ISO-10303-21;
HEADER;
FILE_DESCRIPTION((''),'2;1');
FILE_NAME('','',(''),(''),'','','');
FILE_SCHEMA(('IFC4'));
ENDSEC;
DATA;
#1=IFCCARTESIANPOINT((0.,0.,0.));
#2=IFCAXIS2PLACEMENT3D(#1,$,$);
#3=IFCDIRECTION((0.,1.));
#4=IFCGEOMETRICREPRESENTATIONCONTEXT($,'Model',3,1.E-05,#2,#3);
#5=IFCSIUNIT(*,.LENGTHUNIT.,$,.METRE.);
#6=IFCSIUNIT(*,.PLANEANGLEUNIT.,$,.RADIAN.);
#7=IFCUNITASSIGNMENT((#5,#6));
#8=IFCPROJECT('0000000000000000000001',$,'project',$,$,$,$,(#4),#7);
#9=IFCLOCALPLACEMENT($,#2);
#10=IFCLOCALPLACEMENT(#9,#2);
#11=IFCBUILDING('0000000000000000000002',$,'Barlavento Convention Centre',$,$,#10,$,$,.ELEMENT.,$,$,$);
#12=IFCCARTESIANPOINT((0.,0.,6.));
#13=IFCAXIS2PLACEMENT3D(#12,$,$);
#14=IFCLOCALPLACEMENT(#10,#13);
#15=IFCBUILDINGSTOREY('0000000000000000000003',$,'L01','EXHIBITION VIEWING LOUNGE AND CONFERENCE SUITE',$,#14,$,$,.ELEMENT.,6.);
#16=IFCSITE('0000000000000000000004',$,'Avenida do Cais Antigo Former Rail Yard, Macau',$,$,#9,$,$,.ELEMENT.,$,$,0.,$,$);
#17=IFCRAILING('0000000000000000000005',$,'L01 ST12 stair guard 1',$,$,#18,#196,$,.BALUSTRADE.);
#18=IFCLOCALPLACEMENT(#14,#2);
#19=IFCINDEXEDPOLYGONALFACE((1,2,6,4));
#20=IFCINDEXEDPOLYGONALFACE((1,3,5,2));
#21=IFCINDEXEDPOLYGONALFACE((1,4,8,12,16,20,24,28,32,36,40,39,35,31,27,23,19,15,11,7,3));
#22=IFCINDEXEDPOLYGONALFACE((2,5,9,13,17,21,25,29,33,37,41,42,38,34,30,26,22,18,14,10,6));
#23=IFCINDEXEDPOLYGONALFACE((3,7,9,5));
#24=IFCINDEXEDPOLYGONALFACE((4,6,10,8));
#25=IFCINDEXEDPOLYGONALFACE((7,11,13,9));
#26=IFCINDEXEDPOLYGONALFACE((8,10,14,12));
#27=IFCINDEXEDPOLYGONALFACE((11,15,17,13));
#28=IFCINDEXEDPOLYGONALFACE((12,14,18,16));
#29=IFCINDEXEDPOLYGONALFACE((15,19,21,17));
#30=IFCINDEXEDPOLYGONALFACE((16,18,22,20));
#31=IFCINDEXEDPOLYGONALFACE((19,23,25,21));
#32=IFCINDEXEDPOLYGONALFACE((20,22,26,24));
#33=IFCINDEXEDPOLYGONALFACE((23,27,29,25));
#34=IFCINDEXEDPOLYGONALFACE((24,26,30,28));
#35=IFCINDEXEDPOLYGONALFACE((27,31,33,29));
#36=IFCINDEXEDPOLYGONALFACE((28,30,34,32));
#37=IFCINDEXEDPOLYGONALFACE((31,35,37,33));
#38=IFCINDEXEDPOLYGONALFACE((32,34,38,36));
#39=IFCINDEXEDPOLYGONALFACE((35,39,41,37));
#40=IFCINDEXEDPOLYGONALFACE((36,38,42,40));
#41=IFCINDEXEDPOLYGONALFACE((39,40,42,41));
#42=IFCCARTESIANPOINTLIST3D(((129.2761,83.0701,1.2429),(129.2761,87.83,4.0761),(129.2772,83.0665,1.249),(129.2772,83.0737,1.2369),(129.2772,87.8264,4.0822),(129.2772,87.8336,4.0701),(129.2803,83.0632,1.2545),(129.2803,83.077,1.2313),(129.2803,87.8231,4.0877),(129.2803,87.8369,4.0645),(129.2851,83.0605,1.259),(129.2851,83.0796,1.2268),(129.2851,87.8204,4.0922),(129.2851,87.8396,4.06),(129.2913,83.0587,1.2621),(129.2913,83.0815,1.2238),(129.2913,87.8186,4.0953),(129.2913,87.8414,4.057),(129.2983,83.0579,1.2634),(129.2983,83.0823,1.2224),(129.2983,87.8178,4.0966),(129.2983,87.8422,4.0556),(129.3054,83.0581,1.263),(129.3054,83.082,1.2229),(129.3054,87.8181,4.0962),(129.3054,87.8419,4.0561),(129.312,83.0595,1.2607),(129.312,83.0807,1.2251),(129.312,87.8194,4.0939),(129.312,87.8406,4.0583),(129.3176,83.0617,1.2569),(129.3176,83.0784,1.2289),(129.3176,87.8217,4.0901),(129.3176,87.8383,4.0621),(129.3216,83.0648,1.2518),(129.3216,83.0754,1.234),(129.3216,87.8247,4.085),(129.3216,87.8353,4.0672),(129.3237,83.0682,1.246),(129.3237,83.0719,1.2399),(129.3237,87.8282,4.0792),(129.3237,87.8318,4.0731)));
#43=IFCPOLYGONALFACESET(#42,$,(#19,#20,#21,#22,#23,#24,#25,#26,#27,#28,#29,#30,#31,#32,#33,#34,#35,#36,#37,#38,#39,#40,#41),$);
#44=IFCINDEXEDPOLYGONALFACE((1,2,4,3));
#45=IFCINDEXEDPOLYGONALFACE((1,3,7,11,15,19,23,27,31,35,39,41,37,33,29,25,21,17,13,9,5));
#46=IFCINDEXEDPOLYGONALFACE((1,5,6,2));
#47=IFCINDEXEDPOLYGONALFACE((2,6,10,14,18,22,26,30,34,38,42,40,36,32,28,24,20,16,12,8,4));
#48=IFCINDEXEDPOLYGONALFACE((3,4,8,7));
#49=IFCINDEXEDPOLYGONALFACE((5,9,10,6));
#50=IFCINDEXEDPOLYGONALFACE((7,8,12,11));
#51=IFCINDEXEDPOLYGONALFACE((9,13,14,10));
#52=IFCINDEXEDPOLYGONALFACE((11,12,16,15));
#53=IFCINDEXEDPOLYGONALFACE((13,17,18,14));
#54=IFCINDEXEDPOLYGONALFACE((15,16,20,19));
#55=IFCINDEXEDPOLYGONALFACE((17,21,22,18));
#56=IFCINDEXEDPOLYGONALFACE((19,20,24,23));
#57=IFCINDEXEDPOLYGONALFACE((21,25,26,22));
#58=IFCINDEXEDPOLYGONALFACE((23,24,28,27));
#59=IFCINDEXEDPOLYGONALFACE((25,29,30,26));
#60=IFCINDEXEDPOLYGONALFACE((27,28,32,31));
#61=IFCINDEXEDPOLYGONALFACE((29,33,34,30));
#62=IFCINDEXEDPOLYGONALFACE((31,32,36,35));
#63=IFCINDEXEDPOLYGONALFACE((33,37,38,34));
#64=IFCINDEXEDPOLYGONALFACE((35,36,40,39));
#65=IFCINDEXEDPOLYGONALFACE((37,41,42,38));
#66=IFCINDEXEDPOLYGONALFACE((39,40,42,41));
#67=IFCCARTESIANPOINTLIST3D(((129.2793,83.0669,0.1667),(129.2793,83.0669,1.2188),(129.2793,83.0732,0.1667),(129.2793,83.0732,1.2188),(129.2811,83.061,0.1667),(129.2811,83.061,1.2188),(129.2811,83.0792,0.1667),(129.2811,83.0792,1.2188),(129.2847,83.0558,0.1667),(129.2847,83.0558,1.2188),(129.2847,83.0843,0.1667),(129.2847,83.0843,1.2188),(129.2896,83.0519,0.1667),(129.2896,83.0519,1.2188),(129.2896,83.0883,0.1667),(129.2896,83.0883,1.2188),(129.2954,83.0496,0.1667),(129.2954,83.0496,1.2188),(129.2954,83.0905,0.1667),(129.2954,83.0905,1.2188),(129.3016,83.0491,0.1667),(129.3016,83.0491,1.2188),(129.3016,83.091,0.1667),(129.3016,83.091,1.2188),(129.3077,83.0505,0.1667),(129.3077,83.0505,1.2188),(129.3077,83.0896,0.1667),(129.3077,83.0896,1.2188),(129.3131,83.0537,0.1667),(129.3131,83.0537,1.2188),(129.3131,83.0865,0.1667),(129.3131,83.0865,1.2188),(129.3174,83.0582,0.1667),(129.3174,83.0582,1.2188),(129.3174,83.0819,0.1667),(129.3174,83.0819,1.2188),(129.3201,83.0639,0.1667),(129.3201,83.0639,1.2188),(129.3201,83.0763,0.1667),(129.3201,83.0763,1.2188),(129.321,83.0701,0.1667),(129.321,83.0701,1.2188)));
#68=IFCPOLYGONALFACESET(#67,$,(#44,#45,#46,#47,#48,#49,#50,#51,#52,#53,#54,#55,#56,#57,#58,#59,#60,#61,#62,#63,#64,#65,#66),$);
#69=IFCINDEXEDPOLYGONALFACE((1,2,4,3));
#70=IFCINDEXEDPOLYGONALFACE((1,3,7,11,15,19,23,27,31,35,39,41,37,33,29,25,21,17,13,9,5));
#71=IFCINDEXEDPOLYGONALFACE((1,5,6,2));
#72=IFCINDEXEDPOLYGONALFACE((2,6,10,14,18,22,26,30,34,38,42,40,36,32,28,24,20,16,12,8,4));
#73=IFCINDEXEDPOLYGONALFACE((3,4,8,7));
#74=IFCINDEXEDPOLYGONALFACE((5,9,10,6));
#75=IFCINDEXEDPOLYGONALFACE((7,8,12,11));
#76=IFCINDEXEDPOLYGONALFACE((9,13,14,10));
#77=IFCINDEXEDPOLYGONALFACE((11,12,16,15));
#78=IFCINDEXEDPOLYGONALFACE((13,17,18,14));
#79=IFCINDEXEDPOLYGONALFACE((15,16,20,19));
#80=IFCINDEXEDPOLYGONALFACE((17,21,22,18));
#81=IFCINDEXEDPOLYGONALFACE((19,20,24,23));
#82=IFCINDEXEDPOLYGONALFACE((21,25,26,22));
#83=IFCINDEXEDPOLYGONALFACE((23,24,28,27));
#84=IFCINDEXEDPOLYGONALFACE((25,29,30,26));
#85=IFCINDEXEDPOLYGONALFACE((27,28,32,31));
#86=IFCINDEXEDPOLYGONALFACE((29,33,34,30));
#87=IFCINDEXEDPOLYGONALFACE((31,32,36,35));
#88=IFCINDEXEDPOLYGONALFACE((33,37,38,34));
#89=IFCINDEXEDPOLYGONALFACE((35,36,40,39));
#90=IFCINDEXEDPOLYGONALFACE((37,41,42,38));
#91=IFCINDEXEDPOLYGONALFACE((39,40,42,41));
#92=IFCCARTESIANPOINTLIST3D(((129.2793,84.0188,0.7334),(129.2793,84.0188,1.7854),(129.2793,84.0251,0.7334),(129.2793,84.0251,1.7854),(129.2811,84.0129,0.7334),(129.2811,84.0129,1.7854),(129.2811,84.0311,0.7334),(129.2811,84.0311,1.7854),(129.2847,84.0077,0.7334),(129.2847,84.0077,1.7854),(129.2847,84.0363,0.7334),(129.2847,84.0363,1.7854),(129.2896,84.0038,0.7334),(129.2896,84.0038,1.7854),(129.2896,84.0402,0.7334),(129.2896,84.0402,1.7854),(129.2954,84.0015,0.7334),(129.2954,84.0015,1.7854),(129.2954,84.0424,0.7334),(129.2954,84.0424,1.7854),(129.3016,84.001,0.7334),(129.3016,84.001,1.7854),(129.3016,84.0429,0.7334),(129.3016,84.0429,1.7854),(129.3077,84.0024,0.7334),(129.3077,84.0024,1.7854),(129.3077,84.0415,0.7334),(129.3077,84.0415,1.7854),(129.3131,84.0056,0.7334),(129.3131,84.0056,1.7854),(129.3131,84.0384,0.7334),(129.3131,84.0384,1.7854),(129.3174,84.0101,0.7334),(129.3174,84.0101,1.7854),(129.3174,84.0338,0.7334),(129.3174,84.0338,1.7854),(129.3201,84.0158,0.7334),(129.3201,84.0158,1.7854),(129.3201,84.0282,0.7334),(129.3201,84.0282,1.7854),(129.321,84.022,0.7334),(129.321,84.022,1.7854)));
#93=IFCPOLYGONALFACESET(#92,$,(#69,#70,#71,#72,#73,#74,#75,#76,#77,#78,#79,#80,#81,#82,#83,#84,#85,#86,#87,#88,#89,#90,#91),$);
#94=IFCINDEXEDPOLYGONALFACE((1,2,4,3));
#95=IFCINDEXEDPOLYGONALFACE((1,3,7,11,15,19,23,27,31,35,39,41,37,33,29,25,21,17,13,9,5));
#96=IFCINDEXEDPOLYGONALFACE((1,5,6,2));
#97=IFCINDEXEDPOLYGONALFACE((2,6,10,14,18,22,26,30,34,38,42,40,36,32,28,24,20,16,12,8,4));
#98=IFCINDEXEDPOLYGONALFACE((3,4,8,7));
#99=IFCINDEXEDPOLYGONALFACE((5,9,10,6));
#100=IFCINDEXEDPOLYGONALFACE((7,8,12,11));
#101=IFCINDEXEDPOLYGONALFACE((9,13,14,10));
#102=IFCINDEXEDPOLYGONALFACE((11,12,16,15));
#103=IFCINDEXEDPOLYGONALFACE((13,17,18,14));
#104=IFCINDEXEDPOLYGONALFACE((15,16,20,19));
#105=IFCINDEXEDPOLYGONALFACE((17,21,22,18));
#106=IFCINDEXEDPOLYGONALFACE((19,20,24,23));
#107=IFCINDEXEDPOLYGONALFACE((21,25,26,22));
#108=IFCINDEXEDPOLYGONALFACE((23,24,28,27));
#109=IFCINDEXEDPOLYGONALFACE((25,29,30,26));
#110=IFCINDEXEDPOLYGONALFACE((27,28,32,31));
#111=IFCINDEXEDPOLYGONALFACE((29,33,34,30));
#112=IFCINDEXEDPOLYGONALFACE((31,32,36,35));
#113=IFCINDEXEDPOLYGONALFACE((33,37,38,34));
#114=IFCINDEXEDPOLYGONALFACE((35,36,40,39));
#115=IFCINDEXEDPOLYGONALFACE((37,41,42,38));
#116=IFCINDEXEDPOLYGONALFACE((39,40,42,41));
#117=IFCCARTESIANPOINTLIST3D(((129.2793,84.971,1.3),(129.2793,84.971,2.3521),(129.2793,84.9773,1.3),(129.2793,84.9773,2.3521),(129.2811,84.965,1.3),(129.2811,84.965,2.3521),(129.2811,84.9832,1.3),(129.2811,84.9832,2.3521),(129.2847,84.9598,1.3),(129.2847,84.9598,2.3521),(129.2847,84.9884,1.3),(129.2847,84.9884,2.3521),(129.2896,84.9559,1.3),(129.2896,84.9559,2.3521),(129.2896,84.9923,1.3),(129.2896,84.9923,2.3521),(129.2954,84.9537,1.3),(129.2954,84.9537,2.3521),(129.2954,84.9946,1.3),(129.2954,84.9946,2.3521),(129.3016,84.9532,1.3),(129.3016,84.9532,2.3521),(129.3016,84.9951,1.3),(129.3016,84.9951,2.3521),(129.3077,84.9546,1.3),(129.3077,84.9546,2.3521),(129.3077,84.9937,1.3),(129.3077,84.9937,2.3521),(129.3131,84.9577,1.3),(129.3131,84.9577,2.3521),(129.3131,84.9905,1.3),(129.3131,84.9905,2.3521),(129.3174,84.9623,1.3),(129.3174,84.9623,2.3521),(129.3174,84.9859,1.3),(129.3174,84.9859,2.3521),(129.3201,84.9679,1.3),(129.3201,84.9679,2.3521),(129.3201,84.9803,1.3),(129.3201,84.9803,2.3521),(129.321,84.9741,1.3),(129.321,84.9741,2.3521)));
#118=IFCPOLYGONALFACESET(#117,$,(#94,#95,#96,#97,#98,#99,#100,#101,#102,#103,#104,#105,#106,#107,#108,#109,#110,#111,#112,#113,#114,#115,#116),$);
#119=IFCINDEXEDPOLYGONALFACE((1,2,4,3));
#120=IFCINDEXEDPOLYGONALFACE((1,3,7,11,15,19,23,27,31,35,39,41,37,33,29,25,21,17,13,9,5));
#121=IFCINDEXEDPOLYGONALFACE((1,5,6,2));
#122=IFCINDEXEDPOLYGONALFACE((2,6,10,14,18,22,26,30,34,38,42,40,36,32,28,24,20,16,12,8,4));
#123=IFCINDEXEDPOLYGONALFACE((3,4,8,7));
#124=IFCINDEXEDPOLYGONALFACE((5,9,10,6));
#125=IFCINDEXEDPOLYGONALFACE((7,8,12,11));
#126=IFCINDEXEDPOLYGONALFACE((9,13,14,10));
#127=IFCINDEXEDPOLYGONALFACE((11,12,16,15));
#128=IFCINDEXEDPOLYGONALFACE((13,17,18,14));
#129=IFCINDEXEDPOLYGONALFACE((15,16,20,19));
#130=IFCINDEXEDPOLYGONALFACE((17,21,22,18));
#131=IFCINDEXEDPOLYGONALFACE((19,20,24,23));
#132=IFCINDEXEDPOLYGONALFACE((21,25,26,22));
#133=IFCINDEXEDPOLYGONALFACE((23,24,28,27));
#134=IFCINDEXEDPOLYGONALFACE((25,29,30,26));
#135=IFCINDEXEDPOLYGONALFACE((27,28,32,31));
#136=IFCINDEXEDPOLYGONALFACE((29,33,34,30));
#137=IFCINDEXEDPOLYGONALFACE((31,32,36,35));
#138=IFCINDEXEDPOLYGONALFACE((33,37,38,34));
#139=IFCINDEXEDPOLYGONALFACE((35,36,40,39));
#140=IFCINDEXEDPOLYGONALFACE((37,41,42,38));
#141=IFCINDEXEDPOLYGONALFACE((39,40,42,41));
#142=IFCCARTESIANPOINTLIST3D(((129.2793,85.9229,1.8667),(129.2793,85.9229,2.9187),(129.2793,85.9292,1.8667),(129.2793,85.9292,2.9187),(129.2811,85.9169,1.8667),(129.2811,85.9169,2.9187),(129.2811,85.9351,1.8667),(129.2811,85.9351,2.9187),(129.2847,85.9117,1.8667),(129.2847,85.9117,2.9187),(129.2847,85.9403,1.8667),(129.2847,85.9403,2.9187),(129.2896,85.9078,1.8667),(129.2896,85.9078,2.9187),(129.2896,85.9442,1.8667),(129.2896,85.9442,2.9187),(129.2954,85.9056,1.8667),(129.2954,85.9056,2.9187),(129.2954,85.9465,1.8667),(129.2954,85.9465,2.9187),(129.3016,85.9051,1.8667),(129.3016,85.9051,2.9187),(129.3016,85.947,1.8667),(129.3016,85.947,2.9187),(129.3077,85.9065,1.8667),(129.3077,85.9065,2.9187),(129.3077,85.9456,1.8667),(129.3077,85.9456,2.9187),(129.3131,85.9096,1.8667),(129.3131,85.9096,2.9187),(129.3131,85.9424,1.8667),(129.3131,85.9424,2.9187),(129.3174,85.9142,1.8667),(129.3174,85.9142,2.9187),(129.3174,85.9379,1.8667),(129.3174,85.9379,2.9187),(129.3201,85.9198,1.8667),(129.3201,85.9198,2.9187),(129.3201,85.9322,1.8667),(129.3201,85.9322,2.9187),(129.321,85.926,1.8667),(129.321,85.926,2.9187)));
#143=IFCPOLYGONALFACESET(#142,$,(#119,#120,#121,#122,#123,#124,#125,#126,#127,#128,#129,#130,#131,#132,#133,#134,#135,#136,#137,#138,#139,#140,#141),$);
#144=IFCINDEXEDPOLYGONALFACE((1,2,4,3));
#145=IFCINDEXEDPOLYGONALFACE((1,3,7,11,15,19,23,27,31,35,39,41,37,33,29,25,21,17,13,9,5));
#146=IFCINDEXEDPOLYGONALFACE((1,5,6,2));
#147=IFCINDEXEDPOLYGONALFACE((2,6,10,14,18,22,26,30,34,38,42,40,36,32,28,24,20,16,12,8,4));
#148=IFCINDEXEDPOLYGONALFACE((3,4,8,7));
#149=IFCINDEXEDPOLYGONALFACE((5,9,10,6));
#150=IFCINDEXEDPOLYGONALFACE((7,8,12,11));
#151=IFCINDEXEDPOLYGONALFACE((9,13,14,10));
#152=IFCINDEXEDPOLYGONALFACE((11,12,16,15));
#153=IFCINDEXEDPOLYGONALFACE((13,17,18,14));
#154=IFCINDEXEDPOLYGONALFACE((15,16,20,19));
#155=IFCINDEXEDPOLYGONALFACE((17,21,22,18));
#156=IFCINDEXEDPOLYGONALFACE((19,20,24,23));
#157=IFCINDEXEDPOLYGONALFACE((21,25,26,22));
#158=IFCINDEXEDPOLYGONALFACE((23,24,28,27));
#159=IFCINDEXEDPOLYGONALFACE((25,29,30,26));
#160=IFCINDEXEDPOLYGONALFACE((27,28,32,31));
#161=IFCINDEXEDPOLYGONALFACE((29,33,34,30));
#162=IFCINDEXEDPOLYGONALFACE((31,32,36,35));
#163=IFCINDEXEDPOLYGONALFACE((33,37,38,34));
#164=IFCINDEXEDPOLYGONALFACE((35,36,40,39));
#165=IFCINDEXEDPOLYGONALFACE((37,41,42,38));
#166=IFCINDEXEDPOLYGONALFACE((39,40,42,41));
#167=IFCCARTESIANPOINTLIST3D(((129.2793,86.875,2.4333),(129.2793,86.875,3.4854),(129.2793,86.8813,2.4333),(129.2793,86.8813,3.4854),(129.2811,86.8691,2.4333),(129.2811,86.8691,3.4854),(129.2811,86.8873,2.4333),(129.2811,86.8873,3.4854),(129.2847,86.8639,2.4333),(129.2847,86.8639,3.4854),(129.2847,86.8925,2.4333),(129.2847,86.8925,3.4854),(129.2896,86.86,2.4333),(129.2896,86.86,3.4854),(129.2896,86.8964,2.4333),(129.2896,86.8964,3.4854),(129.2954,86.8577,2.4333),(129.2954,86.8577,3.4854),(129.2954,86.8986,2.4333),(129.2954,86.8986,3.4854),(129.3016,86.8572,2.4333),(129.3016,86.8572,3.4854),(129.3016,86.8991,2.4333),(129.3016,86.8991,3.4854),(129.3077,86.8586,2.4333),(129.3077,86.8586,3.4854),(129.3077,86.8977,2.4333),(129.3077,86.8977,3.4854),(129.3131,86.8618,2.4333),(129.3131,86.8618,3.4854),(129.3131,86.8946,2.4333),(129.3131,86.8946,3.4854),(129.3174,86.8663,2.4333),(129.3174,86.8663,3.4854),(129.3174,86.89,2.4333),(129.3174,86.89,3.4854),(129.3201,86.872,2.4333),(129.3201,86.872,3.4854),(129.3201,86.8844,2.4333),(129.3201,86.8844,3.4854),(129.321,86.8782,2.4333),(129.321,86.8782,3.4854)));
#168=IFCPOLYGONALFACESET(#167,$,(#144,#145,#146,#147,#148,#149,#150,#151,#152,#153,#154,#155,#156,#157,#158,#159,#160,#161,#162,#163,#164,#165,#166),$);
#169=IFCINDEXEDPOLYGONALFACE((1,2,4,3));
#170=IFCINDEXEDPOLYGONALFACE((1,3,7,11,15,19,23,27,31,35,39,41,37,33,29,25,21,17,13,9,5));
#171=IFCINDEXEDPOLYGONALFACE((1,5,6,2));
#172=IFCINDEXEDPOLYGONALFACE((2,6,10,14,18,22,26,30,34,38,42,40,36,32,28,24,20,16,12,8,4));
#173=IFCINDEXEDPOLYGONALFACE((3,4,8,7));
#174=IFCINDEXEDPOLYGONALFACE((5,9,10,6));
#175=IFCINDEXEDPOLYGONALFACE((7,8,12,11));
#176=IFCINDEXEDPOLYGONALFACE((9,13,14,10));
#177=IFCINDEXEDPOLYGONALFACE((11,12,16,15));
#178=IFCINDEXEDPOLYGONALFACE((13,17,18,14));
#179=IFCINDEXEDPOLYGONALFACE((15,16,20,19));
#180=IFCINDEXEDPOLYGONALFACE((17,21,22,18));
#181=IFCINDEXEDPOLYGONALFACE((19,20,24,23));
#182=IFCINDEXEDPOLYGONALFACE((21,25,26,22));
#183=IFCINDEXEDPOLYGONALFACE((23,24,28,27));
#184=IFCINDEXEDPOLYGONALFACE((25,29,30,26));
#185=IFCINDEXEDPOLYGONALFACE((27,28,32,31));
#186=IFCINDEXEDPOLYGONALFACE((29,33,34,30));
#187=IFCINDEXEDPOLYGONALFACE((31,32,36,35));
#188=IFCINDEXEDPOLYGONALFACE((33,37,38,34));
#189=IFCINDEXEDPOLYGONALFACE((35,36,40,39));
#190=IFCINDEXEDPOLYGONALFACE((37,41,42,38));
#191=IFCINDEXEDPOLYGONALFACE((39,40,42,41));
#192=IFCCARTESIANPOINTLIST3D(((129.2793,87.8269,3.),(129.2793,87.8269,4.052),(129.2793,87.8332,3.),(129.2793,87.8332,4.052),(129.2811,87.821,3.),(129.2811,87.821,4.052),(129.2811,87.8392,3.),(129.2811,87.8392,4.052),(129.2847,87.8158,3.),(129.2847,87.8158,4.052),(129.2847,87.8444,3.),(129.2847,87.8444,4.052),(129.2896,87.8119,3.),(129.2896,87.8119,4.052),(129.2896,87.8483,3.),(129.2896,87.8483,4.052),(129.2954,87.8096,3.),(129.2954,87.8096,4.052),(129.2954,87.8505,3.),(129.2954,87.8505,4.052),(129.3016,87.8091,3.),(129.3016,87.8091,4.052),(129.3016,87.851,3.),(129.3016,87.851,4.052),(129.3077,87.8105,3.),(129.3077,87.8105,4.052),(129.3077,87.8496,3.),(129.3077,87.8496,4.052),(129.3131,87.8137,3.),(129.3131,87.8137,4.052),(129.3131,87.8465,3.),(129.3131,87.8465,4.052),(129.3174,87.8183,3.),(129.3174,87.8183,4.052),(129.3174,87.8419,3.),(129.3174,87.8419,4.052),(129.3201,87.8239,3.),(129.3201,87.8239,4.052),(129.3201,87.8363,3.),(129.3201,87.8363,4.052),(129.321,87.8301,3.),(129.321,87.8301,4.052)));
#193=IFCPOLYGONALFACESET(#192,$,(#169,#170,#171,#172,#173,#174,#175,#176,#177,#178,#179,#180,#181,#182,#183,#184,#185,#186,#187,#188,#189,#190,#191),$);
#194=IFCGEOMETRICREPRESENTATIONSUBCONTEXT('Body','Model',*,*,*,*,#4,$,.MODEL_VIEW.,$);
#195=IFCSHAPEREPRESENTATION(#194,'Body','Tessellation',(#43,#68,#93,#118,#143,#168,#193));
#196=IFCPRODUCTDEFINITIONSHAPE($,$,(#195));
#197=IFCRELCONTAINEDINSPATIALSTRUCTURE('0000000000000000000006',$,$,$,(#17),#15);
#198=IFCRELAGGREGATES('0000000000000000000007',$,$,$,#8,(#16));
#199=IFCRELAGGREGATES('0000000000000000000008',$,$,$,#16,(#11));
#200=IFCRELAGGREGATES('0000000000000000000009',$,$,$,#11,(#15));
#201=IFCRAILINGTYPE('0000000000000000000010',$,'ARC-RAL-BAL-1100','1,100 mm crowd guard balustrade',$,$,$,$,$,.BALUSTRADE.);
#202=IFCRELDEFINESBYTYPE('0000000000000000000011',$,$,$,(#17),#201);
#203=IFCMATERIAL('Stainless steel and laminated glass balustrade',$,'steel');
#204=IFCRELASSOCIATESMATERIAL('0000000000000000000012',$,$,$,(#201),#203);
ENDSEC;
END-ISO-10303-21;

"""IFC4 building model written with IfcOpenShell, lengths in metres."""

from ifc_helpers import new_model, si_unit, direction, frame, origin, origin_2d, place, context, subcontext, project, spatial, circle, extrude, material, type_object, element, save


model = new_model("IFC4")

# Units and contexts
model_context = context("Model", 3, precision=1e-05, world=origin(), true_north=direction((0.0, 1.0)))
body_context = subcontext(model_context, "Body", "Model", "MODEL_VIEW")
ifc_project = project(units=[si_unit("LENGTHUNIT", "METRE"), si_unit("PLANEANGLEUNIT", "RADIAN")], contexts=[model_context])

# Site, building, storey
site_placement = place(None, origin())
site = spatial("IfcSite", under=ifc_project, at=site_placement, Name="Avenida do Cais Antigo Former Rail Yard, Macau", CompositionType="ELEMENT", RefElevation=0.0)
building_placement = place(site_placement, origin())
building = spatial("IfcBuilding", under=site, at=building_placement, Name="Barlavento Convention Centre", CompositionType="ELEMENT")
storey_placement = place(building_placement, frame((0.0, 0.0, 6.0)))
storey = spatial("IfcBuildingStorey", under=building, at=storey_placement, Name="L01", Description="EXHIBITION VIEWING LOUNGE AND CONFERENCE SUITE", CompositionType="ELEMENT", Elevation=6.0)

# Railing
ifc_material_1 = material(Name="Stainless steel and laminated glass balustrade", Category="steel")
railing_type_1 = type_object("IfcRailingType", Name="ARC-RAL-BAL-1100", Description="1,100 mm crowd guard balustrade", PredefinedType="BALUSTRADE", material=ifc_material_1)
railing_1_placement = place(storey_placement, frame((129.3, 83.0701, 0.1667)))
element("IfcRailing", 1, at=railing_1_placement, inside=storey, type_object=railing_type_1, Name="L01 ST12 stair guard 1", PredefinedType="BALUSTRADE", context=body_context, shape_type="SweptSolid", body=[
    extrude(circle(Radius=0.0239, at=origin_2d()), frame((0.0, 0.0, 1.0762), z_axis=(0.0, 0.8593, 0.511472), x_axis=(-1.0, 0.0, 0.0)), (0.0, 0.0, 1.0), 5.5393),
    extrude(circle(Radius=0.021, at=origin_2d()), origin(), (0.0, 0.0, 1.0), 1.052),
    extrude(circle(Radius=0.021, at=origin_2d()), frame((0.0, 0.9519, 0.5667)), (0.0, 0.0, 1.0), 1.052),
    extrude(circle(Radius=0.021, at=origin_2d()), frame((0.0, 1.9041, 1.1333)), (0.0, 0.0, 1.0), 1.052),
    extrude(circle(Radius=0.021, at=origin_2d()), frame((0.0, 2.856, 1.7)), (0.0, 0.0, 1.0), 1.052),
    extrude(circle(Radius=0.021, at=origin_2d()), frame((0.0, 3.8081, 2.2666)), (0.0, 0.0, 1.0), 1.052),
    extrude(circle(Radius=0.021, at=origin_2d()), frame((0.0, 4.76, 2.8333)), (0.0, 0.0, 1.0), 1.052),
])

save(model, "model.ifc")
